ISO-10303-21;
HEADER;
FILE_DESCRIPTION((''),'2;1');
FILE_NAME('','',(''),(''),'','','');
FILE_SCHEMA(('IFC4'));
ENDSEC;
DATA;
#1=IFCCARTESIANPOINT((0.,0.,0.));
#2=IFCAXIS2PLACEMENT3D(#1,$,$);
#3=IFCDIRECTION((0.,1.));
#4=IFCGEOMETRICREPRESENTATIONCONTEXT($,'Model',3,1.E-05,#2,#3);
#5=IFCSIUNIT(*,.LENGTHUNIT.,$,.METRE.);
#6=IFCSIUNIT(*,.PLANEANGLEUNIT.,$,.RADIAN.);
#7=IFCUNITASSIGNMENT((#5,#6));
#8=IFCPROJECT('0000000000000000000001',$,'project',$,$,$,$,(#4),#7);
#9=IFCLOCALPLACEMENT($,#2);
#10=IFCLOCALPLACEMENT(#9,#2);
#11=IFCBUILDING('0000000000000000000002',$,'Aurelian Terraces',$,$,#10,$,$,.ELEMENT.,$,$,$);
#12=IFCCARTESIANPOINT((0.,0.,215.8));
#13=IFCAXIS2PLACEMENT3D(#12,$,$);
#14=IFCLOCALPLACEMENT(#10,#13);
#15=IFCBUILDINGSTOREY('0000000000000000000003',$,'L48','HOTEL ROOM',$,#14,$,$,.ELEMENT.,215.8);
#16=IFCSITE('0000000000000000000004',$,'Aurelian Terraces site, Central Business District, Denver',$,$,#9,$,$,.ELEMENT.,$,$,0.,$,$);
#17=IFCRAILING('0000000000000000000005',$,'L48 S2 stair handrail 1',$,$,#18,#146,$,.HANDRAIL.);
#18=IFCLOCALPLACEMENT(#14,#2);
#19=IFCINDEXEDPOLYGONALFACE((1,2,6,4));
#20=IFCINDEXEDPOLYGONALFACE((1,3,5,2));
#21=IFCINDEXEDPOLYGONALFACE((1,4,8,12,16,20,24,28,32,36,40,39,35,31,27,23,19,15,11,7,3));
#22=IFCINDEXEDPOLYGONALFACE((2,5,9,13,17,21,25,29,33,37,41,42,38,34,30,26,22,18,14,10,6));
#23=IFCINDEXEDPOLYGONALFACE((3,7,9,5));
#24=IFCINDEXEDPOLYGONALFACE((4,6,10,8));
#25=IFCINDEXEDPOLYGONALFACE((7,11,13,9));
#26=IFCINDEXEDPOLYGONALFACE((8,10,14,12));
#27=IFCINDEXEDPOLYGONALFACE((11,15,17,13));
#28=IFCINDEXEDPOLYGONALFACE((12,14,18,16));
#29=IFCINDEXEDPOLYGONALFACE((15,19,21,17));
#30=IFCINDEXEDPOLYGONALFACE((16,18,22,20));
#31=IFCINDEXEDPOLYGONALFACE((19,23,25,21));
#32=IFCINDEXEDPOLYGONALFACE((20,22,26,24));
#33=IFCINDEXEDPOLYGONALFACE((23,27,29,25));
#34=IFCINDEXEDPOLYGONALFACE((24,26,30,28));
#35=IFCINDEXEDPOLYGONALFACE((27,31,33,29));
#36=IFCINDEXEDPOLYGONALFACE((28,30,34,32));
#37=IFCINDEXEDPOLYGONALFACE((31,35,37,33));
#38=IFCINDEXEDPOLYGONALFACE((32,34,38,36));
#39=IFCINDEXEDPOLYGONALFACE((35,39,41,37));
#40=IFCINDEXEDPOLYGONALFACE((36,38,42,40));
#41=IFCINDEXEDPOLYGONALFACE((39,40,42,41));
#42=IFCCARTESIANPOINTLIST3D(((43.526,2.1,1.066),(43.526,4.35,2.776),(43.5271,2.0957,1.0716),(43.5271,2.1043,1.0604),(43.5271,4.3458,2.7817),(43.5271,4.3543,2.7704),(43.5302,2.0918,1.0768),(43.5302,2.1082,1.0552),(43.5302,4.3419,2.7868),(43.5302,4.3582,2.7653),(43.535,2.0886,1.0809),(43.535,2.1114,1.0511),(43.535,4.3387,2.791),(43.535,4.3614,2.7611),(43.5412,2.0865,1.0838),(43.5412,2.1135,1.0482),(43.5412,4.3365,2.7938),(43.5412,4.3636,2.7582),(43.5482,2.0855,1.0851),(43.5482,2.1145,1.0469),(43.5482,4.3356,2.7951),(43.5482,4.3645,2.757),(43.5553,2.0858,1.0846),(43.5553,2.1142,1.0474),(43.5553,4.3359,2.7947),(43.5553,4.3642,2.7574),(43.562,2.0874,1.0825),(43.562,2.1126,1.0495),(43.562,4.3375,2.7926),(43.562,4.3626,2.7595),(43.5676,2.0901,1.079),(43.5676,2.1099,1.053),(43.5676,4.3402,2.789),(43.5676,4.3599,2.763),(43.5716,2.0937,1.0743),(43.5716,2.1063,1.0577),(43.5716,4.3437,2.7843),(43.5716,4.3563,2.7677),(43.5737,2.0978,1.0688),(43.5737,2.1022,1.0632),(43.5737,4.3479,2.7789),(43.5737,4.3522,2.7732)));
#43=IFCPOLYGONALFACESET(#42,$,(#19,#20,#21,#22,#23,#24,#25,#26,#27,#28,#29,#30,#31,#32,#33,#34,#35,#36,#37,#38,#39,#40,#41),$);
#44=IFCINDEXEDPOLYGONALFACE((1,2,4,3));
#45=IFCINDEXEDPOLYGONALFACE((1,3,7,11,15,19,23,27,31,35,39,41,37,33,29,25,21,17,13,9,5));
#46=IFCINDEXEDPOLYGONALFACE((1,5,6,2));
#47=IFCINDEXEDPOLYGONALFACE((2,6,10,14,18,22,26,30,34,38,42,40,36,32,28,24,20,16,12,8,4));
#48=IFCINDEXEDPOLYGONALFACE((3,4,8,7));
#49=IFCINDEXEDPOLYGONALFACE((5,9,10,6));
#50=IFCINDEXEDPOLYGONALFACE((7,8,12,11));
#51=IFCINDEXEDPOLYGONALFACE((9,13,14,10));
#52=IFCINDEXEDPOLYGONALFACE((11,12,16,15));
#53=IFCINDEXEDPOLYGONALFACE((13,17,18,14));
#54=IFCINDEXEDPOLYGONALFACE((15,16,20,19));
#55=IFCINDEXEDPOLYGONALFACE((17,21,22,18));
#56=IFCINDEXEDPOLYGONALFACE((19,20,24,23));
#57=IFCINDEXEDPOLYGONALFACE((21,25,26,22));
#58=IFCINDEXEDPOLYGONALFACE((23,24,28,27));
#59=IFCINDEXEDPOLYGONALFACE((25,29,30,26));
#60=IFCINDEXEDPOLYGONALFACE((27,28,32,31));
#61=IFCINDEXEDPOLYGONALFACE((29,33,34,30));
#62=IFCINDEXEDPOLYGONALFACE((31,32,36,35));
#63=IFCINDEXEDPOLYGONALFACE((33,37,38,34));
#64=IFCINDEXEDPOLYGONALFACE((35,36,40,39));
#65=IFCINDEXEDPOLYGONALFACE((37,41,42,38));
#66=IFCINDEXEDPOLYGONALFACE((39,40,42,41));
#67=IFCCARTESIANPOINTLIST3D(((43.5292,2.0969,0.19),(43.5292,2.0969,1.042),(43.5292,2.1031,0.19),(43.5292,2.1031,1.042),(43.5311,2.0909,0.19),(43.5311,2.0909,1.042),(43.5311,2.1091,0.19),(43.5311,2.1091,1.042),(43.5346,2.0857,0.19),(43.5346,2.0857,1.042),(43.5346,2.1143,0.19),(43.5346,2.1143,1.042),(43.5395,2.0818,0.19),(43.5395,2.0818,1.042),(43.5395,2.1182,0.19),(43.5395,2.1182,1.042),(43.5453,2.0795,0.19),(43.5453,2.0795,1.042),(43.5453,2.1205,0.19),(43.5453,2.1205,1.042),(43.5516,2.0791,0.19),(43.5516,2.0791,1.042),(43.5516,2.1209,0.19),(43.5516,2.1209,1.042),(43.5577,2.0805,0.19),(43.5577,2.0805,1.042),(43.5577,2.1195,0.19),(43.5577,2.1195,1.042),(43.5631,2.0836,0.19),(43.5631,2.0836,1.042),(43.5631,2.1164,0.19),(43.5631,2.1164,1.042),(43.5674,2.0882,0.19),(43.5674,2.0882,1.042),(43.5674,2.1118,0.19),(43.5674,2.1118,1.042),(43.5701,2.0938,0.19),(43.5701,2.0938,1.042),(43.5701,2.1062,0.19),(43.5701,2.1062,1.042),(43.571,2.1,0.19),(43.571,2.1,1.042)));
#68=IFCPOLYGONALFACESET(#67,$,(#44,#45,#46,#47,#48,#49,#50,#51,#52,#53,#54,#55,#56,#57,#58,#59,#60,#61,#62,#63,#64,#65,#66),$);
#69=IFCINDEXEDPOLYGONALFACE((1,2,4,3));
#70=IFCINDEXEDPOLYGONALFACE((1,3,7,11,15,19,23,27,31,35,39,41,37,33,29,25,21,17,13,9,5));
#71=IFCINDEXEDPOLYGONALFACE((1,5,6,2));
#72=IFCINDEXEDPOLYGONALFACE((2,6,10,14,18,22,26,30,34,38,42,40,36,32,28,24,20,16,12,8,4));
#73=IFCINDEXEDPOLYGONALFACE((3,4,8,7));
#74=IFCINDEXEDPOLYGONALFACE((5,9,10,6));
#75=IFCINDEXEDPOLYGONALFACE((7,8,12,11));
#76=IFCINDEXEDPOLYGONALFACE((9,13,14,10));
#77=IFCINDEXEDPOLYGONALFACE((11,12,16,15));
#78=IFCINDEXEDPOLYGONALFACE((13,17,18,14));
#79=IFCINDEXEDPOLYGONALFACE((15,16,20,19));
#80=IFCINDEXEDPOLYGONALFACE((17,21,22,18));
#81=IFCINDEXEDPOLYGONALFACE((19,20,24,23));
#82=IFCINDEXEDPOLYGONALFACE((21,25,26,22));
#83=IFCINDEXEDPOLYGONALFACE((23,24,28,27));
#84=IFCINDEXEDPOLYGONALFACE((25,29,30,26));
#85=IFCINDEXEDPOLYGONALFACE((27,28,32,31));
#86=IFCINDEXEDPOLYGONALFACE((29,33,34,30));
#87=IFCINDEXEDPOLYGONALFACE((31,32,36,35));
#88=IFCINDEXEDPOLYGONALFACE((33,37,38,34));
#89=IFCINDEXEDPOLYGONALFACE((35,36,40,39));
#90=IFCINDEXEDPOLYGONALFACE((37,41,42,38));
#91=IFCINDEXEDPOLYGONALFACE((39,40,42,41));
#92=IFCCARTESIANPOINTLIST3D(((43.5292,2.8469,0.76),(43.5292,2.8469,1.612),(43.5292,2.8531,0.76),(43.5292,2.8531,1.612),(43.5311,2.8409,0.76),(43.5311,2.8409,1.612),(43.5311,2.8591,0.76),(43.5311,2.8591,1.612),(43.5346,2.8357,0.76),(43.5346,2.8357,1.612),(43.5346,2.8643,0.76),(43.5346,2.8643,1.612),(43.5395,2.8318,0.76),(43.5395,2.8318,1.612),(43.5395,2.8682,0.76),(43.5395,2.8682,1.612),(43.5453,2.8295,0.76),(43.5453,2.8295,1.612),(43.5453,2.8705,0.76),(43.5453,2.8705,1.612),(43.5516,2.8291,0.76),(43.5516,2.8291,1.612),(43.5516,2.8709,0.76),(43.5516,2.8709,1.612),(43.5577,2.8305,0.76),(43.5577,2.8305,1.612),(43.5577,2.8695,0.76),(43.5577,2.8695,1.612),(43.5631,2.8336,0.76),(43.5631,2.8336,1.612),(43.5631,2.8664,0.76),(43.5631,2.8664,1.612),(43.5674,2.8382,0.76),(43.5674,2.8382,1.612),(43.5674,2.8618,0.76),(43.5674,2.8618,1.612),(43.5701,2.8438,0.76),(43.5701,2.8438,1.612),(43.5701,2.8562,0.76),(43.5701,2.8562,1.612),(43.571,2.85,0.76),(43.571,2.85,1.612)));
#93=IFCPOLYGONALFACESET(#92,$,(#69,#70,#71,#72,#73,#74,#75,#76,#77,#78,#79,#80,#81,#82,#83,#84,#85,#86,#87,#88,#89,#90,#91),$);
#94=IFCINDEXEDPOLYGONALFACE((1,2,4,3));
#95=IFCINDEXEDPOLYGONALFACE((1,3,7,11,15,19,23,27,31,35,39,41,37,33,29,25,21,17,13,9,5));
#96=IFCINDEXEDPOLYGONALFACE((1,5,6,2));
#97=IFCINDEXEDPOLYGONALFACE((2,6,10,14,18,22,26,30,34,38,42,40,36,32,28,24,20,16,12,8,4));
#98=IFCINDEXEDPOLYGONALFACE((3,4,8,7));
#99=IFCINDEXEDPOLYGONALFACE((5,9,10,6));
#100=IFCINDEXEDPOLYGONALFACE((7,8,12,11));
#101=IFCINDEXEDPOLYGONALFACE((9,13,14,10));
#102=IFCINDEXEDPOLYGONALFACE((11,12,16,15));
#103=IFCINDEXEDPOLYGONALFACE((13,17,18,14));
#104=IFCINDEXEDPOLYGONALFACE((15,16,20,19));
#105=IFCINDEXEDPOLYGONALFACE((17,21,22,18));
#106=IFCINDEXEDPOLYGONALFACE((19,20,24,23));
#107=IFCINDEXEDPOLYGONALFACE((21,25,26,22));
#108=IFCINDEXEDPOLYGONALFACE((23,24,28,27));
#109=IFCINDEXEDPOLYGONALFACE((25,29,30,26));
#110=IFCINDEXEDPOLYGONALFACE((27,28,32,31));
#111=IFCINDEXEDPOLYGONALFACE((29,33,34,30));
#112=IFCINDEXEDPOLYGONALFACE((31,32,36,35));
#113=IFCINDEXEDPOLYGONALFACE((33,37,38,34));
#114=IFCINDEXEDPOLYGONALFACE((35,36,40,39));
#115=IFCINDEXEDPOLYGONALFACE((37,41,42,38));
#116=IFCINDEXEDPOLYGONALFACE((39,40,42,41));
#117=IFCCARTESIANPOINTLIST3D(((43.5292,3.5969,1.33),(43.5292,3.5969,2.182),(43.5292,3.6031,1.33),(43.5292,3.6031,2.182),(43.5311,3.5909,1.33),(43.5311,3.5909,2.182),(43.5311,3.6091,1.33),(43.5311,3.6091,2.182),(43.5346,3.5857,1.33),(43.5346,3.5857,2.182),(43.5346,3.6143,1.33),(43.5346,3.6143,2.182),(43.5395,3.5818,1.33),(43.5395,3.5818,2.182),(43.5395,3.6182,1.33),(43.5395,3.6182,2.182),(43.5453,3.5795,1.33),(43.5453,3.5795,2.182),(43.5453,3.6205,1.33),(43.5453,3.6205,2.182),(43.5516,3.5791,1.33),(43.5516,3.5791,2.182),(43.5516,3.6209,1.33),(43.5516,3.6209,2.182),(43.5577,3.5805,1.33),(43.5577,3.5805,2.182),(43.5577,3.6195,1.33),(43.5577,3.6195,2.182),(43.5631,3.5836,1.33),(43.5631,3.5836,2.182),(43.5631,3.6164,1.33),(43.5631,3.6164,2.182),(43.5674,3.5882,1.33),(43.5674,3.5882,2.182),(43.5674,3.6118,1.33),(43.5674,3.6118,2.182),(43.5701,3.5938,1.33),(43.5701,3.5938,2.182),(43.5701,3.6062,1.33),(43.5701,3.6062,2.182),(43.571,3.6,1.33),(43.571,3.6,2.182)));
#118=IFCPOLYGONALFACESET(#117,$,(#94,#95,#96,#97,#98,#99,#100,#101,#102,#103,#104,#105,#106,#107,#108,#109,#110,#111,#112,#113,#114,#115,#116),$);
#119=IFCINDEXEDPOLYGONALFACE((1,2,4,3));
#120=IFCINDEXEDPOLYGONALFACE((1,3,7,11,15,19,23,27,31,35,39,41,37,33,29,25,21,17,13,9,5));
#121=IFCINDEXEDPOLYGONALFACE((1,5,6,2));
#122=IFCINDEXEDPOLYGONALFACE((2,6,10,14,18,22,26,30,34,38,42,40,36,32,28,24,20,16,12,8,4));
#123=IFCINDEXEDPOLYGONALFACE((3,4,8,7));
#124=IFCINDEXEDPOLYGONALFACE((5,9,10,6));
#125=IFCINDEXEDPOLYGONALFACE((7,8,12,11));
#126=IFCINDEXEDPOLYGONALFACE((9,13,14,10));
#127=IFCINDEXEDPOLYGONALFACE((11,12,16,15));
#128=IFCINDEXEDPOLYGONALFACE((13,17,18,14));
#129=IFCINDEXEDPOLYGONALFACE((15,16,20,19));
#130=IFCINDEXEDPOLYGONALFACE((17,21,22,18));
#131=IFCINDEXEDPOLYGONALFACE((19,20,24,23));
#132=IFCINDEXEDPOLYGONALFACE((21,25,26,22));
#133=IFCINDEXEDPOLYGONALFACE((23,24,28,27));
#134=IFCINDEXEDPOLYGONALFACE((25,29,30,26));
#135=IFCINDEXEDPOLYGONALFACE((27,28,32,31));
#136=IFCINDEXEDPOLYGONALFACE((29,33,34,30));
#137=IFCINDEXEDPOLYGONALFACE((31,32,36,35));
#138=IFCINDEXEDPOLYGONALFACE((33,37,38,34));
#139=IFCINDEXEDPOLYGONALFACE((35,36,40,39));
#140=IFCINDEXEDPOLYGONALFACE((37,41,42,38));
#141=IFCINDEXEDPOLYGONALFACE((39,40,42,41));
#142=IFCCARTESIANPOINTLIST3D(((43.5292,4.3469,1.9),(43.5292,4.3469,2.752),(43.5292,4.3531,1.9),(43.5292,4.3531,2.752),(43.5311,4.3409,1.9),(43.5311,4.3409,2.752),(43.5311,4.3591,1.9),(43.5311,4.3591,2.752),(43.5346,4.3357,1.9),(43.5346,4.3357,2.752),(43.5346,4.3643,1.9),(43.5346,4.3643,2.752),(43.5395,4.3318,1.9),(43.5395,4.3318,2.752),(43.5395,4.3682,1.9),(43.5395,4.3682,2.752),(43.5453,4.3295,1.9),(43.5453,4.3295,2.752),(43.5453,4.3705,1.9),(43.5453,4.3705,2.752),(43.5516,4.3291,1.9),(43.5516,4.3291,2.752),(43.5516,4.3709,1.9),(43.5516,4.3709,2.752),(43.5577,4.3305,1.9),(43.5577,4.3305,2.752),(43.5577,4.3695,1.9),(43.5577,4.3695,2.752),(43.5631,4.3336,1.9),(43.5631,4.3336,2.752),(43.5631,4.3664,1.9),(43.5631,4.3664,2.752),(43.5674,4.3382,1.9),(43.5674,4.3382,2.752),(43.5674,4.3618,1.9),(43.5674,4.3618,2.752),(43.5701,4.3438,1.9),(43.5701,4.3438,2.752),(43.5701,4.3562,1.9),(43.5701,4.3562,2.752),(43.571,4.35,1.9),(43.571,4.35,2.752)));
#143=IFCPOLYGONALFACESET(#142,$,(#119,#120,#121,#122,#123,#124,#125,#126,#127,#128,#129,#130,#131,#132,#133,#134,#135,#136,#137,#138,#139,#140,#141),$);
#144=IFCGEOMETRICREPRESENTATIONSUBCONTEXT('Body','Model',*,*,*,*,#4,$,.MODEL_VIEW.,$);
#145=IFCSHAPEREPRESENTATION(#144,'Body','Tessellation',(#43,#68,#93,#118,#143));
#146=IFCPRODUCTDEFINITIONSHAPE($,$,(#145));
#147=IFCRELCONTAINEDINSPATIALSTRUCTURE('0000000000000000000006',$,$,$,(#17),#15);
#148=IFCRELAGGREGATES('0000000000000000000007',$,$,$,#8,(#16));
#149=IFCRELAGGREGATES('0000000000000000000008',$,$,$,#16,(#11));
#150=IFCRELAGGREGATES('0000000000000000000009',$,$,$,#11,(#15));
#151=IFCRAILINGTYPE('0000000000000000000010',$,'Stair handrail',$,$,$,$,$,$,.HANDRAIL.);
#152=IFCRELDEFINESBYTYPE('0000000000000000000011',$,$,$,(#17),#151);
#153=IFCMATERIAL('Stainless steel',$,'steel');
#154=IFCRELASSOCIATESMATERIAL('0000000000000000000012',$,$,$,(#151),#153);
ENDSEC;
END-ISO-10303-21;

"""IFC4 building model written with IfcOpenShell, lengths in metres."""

from ifc_helpers import new_model, si_unit, direction, frame, origin, origin_2d, place, context, subcontext, project, spatial, circle, extrude, source, transform, mapped, material, type_object, element, save


model = new_model("IFC4")

# Units and contexts
model_context = context("Model", 3, precision=1e-05, world=origin(), true_north=direction((0.0, 1.0)))
body_context = subcontext(model_context, "Body", "Model", "MODEL_VIEW")
ifc_project = project(units=[si_unit("LENGTHUNIT", "METRE"), si_unit("PLANEANGLEUNIT", "RADIAN")], contexts=[model_context])

# Site, building, storey
site_placement = place(None, origin())
site = spatial("IfcSite", under=ifc_project, at=site_placement, Name="Aurelian Terraces site, Central Business District, Denver", CompositionType="ELEMENT", RefElevation=0.0)
building_placement = place(site_placement, origin())
building = spatial("IfcBuilding", under=site, at=building_placement, Name="Aurelian Terraces", CompositionType="ELEMENT")
storey_placement = place(building_placement, frame((0.0, 0.0, 215.8)))
storey = spatial("IfcBuildingStorey", under=building, at=storey_placement, Name="L48", Description="HOTEL ROOM", CompositionType="ELEMENT", Elevation=215.8)

# Railing
ifc_material_1 = material(Name="Stainless steel", Category="steel")
railing_type_1 = type_object("IfcRailingType", Name="Stair handrail", PredefinedType="HANDRAIL", material=ifc_material_1)
shared_shape_1 = source(origin(), body_context, "Body", "SweptSolid", [
    extrude(circle(Radius=0.024, at=origin_2d()), frame((0.0, 0.0, 0.876), z_axis=(0.0, 0.796162, 0.605083), x_axis=(-1.0, 0.0, 0.0)), (0.0, 0.0, 1.0), 2.8261),
    extrude(circle(Radius=0.021, at=origin_2d()), origin(), (0.0, 0.0, 1.0), 0.852),
    extrude(circle(Radius=0.021, at=origin_2d()), frame((0.0, 0.75, 0.57)), (0.0, 0.0, 1.0), 0.852),
    extrude(circle(Radius=0.021, at=origin_2d()), frame((0.0, 1.5, 1.14)), (0.0, 0.0, 1.0), 0.852),
    extrude(circle(Radius=0.021, at=origin_2d()), frame((0.0, 2.25, 1.71)), (0.0, 0.0, 1.0), 0.852),
])
railing_1_placement = place(storey_placement, frame((43.55, 2.1, 0.19)))
element("IfcRailing", 1, at=railing_1_placement, inside=storey, type_object=railing_type_1, Name="L48 S2 stair handrail 1", PredefinedType="HANDRAIL", context=body_context, shape_type="MappedRepresentation", body=[
    mapped(shared_shape_1, transform((0.0, 0.0, 0.0), scale=1.0)),
])

save(model, "model.ifc")
